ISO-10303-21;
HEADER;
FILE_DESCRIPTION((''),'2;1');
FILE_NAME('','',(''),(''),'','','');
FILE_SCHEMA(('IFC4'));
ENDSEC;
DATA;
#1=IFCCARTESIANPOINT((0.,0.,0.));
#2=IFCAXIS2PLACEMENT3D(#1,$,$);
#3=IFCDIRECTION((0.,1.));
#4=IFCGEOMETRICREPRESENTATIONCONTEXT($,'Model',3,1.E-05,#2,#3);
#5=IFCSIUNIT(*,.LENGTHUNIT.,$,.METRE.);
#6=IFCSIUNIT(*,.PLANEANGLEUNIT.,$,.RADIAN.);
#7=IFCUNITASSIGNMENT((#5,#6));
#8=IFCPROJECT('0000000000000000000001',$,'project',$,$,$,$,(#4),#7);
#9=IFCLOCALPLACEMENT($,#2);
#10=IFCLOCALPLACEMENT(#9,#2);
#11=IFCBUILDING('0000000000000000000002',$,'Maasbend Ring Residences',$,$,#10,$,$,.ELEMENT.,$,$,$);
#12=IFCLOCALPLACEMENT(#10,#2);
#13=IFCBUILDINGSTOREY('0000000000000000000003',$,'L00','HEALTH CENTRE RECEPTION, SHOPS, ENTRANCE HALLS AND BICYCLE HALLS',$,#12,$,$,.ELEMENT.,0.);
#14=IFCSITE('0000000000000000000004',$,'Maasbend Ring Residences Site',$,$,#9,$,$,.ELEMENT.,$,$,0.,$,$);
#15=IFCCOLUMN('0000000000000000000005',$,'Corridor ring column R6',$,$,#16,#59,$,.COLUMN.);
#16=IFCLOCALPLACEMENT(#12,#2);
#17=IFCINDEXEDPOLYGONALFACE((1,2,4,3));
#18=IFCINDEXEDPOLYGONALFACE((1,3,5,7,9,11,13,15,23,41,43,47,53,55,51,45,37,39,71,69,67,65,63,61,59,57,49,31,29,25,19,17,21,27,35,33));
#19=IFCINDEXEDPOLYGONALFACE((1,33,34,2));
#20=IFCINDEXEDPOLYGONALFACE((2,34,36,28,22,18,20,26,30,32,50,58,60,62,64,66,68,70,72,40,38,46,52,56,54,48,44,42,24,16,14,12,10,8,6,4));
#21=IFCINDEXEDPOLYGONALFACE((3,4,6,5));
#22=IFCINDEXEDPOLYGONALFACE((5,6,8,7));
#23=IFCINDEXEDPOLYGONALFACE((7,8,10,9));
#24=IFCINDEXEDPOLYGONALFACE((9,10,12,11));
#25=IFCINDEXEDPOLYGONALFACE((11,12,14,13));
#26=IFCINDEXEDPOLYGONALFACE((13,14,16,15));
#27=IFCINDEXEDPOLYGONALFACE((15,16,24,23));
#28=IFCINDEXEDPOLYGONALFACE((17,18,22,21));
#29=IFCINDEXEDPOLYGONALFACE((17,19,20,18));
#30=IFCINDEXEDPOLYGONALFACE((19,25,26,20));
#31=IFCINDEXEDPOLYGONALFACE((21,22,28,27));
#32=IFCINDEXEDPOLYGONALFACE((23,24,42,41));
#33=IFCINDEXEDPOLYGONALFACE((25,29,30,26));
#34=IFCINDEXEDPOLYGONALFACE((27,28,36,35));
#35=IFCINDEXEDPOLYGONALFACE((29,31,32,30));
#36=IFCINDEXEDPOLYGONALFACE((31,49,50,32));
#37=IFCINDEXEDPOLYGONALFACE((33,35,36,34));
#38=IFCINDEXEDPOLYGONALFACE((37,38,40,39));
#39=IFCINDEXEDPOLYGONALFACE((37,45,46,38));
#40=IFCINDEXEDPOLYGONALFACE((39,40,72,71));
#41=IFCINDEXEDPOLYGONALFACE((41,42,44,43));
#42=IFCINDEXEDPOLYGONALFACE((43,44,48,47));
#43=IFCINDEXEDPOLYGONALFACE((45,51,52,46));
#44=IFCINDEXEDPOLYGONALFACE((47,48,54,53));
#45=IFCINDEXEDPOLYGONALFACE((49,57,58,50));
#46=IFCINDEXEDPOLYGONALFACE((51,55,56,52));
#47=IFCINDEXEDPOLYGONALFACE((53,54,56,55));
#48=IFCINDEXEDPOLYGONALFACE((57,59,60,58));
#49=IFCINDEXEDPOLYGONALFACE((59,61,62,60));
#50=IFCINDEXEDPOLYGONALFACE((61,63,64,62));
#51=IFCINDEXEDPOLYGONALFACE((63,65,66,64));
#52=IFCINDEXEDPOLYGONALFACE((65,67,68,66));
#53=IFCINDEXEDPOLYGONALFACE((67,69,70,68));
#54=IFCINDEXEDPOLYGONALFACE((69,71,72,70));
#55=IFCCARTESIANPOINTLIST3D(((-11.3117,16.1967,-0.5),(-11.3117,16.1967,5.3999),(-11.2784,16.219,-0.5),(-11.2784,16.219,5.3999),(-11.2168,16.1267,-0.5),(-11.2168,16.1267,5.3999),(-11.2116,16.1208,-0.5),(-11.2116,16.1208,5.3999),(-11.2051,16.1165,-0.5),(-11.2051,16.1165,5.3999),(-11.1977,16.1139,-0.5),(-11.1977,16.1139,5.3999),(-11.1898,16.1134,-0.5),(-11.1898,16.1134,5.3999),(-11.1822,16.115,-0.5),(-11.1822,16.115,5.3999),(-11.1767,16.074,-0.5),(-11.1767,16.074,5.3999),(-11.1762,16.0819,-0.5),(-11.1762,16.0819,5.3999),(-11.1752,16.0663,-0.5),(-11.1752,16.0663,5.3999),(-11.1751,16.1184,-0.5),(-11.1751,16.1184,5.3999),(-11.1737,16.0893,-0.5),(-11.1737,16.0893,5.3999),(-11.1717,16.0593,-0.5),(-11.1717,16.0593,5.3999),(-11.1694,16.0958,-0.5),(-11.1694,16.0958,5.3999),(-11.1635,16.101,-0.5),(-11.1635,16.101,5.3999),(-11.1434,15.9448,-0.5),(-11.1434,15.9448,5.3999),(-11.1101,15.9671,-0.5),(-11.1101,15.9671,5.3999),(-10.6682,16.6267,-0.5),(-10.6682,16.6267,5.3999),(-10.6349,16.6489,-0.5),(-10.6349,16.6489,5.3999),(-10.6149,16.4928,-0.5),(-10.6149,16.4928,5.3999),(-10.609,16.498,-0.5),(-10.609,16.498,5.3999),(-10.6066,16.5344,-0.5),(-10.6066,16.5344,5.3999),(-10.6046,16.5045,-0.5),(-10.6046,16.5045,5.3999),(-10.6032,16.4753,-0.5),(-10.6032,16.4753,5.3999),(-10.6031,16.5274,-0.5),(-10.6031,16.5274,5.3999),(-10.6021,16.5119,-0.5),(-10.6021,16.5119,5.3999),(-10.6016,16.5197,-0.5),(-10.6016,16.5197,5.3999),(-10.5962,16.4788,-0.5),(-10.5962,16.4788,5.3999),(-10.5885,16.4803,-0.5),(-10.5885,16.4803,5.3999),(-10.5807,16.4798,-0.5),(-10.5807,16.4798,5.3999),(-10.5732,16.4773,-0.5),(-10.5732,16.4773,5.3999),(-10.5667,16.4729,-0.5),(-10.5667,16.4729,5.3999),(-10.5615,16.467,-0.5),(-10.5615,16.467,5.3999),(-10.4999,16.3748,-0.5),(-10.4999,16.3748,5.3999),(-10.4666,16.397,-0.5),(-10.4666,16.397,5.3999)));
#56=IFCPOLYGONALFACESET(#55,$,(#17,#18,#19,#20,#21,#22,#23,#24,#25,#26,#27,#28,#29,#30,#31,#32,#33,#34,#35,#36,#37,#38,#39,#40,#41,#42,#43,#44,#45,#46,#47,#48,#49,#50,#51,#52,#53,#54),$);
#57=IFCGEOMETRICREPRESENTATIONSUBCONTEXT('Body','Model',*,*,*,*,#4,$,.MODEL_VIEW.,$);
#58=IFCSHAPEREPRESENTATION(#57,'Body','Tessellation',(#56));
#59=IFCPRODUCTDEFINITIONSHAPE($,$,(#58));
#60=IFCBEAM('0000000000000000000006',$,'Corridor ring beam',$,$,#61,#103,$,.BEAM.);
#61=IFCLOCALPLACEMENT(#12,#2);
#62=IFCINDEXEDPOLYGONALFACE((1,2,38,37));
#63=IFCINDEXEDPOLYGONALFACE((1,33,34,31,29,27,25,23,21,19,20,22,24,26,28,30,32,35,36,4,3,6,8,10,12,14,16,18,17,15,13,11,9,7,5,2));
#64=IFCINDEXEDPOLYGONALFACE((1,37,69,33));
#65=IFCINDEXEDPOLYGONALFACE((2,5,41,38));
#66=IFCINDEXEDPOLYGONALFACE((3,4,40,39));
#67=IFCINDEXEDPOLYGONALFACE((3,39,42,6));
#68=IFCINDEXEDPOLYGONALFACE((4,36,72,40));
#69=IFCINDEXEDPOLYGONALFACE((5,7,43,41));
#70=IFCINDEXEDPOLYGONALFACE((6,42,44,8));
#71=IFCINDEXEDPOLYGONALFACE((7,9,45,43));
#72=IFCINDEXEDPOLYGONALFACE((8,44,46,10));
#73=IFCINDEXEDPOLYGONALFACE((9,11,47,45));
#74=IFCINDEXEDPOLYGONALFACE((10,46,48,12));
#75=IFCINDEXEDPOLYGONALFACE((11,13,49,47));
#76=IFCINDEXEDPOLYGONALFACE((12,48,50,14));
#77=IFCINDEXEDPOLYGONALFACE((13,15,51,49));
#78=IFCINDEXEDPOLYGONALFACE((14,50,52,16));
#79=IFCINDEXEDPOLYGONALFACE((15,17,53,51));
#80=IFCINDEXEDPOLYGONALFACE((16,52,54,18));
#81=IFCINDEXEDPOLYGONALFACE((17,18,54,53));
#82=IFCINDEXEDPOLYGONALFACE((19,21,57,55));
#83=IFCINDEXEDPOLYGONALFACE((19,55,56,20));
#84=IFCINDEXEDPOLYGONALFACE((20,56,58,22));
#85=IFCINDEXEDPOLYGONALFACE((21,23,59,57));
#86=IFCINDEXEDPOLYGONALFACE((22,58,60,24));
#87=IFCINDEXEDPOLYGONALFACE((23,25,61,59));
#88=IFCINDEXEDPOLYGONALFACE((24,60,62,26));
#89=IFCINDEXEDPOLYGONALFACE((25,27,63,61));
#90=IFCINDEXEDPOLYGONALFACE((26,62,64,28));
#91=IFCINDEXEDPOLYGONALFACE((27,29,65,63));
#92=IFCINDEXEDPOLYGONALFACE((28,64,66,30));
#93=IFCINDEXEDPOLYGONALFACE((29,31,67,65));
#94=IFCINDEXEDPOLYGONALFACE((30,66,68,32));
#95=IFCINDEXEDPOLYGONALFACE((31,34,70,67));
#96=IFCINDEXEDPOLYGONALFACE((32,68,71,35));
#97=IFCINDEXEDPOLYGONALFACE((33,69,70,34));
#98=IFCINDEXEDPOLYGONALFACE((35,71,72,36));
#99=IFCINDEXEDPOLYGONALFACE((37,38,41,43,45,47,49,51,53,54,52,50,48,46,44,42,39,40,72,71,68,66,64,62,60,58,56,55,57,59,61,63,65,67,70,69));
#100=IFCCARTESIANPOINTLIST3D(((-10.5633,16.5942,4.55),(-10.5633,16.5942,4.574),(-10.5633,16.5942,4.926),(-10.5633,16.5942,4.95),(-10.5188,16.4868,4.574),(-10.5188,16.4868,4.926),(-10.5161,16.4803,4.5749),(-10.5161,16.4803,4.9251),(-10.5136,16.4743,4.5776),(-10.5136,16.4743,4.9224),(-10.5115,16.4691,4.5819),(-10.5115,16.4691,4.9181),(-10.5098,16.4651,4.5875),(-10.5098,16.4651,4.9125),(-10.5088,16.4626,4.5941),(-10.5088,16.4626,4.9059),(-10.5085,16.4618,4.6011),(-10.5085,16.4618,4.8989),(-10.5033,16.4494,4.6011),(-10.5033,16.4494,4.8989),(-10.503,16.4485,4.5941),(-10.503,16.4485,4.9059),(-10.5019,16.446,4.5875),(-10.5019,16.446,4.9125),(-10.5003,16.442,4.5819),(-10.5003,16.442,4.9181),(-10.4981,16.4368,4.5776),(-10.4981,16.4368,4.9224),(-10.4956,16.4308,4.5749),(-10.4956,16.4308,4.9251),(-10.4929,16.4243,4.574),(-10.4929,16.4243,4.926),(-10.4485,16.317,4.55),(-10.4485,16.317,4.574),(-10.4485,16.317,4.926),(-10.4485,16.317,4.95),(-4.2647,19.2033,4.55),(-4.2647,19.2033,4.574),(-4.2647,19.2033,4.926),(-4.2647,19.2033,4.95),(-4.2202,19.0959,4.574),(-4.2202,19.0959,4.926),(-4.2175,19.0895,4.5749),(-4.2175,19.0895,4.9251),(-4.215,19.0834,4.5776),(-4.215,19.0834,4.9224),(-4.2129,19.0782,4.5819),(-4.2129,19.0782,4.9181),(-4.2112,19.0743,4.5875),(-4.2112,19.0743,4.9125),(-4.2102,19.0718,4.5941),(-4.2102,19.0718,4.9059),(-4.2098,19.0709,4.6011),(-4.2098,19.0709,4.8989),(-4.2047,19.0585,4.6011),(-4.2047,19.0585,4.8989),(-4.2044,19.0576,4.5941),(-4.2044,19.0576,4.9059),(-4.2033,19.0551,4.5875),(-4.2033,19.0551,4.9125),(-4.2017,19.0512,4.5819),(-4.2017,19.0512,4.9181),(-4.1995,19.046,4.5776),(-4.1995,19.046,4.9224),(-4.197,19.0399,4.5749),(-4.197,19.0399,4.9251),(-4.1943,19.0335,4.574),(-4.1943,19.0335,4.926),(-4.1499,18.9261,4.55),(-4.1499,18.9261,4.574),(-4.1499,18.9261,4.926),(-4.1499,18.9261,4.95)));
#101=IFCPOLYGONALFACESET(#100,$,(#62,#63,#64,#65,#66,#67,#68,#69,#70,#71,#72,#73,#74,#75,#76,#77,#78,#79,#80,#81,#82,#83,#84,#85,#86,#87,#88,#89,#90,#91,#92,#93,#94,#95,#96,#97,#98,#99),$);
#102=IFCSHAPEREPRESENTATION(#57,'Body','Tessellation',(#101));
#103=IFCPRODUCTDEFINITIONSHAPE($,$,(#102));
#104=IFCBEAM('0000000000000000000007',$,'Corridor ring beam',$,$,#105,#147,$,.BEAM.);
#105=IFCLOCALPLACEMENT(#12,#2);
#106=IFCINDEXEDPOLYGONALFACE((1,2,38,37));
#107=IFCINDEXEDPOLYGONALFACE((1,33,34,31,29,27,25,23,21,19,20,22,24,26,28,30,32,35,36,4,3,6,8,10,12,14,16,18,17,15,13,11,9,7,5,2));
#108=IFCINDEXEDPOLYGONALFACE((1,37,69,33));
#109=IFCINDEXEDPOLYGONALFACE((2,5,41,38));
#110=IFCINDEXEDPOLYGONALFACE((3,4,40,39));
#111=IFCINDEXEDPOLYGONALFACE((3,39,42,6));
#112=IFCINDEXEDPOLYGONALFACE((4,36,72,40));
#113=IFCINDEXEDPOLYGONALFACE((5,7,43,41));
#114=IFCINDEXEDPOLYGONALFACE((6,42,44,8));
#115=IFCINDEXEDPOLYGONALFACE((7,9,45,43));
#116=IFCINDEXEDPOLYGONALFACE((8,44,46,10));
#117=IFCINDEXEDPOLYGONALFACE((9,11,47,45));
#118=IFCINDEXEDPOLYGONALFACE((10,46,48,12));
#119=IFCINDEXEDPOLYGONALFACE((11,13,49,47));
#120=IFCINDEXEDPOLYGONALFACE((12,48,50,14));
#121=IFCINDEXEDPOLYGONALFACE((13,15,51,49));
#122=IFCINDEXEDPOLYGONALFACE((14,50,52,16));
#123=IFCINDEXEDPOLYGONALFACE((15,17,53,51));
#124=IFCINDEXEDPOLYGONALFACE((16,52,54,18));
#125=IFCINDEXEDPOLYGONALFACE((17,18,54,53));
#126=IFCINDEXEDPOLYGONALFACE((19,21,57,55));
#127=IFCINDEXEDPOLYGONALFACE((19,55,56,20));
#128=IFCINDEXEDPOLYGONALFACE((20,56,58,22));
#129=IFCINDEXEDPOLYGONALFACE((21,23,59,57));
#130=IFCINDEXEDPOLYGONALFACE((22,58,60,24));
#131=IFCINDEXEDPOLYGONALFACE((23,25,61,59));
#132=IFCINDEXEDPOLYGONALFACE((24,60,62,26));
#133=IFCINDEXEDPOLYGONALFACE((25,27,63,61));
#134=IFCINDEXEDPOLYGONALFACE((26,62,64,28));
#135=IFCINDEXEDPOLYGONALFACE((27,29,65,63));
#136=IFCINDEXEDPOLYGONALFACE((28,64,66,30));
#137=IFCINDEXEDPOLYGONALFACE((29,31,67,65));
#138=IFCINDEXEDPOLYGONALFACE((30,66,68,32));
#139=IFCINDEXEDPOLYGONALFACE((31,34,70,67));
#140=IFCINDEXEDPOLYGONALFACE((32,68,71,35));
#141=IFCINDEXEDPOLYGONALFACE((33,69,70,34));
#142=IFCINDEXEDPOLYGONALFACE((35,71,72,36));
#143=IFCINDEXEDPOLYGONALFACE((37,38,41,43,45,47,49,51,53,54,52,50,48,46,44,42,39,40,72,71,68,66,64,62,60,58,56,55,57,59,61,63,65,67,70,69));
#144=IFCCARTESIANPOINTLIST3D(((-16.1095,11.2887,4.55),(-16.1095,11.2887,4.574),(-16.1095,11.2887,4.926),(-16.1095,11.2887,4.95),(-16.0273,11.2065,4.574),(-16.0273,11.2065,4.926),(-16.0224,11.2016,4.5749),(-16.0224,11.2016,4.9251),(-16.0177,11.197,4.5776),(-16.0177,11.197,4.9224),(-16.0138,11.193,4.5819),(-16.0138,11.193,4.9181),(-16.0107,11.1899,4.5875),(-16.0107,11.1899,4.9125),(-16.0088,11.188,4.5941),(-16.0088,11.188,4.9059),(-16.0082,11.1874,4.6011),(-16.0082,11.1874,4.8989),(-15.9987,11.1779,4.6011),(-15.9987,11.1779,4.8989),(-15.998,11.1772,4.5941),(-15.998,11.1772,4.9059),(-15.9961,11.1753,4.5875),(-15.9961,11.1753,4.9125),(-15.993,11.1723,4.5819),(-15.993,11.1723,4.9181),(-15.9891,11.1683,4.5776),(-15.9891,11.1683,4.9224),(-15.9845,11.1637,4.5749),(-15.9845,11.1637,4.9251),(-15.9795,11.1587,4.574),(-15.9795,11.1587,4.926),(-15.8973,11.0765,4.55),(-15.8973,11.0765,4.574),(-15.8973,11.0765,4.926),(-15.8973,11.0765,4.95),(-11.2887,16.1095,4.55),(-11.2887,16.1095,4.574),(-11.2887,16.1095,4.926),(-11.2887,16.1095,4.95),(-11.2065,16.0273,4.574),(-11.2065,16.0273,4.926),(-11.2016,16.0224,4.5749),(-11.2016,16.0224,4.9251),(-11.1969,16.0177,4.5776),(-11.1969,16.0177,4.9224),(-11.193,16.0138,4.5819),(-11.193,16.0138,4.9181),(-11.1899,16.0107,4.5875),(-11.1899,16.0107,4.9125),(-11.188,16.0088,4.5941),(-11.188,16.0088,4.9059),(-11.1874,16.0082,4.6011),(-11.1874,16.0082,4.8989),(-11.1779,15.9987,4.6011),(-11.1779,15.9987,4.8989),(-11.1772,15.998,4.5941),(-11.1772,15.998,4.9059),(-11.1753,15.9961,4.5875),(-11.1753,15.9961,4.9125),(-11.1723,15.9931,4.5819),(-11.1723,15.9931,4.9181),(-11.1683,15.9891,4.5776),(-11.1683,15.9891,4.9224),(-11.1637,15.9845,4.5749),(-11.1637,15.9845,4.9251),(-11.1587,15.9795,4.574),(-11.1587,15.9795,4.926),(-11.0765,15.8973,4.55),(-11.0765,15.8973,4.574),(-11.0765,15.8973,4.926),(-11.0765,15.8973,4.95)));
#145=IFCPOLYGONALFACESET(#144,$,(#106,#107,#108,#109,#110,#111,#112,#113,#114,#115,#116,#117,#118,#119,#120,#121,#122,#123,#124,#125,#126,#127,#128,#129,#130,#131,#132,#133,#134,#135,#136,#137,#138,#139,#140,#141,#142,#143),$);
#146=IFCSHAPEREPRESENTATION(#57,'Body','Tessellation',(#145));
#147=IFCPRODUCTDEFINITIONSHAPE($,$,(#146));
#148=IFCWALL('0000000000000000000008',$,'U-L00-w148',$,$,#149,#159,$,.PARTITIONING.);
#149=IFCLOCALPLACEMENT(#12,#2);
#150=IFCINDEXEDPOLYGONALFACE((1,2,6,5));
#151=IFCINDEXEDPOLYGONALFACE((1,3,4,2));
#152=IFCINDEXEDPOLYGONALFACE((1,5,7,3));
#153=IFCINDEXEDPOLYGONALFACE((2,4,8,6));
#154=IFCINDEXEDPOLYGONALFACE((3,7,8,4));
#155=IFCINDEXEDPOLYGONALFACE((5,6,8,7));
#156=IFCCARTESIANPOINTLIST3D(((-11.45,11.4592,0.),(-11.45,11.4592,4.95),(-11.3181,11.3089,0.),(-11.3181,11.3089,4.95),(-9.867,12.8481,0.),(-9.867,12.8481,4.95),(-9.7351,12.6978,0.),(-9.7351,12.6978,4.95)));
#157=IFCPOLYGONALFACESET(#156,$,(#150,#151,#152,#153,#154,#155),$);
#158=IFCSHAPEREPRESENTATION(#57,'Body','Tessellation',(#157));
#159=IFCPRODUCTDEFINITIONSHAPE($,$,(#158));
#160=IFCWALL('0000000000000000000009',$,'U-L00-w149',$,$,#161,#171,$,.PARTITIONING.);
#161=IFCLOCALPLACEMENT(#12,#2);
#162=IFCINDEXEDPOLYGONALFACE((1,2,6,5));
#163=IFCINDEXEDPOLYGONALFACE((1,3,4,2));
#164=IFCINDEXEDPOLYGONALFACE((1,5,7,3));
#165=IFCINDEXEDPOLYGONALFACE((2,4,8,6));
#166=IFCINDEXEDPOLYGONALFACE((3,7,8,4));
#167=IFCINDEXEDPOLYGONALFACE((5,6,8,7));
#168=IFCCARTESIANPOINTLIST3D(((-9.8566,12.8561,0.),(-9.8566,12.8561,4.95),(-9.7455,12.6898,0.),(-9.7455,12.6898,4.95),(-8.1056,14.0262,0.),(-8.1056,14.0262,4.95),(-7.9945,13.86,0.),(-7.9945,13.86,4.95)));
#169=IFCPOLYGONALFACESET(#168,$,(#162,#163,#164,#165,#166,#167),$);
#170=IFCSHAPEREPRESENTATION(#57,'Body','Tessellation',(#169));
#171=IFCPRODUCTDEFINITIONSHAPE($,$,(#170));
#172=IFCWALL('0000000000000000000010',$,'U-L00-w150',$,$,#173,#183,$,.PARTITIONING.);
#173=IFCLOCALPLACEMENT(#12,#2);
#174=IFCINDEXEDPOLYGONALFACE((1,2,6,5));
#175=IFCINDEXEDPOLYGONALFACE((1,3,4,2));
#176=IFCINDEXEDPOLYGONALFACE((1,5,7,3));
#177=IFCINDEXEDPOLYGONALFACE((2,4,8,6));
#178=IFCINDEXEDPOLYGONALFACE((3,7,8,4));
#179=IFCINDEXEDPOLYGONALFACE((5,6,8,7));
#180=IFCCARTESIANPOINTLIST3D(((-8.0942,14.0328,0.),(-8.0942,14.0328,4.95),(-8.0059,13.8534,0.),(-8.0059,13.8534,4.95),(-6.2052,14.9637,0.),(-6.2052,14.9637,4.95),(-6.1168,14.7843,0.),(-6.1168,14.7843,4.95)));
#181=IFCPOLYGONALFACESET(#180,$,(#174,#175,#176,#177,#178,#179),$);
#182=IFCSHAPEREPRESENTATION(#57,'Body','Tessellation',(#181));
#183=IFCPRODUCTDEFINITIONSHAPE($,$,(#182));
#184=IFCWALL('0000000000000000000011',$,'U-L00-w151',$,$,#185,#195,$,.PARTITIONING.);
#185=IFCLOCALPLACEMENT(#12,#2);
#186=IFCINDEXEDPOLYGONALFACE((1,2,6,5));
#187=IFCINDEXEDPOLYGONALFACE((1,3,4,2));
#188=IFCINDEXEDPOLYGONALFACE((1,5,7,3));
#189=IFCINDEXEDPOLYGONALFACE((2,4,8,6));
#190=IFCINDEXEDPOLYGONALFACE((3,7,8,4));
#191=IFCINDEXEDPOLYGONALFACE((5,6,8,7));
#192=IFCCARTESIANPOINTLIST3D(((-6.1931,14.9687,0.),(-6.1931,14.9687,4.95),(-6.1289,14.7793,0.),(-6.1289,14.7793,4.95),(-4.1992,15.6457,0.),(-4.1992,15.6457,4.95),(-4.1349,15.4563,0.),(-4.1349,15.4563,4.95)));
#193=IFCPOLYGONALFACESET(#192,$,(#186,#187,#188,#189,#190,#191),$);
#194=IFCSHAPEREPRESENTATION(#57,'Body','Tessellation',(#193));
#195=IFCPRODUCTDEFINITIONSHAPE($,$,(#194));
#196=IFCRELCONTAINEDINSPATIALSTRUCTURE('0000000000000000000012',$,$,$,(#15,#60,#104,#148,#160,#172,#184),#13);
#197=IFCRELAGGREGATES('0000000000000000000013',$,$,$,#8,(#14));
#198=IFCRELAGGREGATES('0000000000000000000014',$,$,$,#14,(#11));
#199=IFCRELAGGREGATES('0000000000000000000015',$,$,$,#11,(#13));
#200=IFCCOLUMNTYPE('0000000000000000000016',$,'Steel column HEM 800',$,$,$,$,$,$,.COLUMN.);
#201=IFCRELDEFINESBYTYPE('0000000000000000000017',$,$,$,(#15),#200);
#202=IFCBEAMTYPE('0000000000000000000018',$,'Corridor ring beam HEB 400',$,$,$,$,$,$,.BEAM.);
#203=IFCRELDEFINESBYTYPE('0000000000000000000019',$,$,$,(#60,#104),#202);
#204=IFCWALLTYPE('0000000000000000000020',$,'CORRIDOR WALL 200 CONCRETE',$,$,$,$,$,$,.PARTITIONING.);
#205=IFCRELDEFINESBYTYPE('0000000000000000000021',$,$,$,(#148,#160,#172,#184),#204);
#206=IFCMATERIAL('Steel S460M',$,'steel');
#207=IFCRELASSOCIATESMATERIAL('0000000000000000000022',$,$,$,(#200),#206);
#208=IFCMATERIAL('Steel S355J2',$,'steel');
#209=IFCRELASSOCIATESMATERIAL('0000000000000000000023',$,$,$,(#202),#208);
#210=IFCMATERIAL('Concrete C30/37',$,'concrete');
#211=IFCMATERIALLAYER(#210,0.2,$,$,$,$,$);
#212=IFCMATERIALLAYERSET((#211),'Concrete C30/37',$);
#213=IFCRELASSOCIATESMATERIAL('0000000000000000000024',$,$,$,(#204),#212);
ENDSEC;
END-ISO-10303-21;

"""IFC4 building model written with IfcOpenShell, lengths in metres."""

from ifc_helpers import new_model, si_unit, direction, frame, frame_2d, origin, origin_2d, place, context, subcontext, project, spatial, rectangle, i_section, extrude, material, layer, layer_set, material_profile, profile_set, type_object, element, save


model = new_model("IFC4")

# Units and contexts
model_context = context("Model", 3, precision=1e-05, world=origin(), true_north=direction((0.0, 1.0)))
body_context = subcontext(model_context, "Body", "Model", "MODEL_VIEW")
ifc_project = project(units=[si_unit("LENGTHUNIT", "METRE"), si_unit("PLANEANGLEUNIT", "RADIAN")], contexts=[model_context])

# Site, building, storey
site_placement = place(None, origin())
site = spatial("IfcSite", under=ifc_project, at=site_placement, Name="Maasbend Ring Residences Site", CompositionType="ELEMENT", RefElevation=0.0)
building_placement = place(site_placement, origin())
building = spatial("IfcBuilding", under=site, at=building_placement, Name="Maasbend Ring Residences", CompositionType="ELEMENT")
storey_placement = place(building_placement, origin())
storey = spatial("IfcBuildingStorey", under=building, at=storey_placement, Name="L00", Description="HEALTH CENTRE RECEPTION, SHOPS, ENTRANCE HALLS AND BICYCLE HALLS", CompositionType="ELEMENT", Elevation=0.0)

# Column
ifc_material_1 = material(Name="Steel S460M", Category="steel")
ifc_material_profile_1 = material_profile(ifc_material_1, i_section(OverallWidth=0.303, OverallDepth=0.814, WebThickness=0.021, FlangeThickness=0.04, FilletRadius=0.03, at=origin_2d()), Name="HEM 800")
ifc_profile_set_1 = profile_set([ifc_material_profile_1], Name="Steel S460M")
column_type = type_object("IfcColumnType", Name="Steel column HEM 800", PredefinedType="COLUMN", material=ifc_profile_set_1)
for number, where, z_axis, x_axis, name in (
    (1, (-10.8892, 16.2969, -0.5), (0.0, 0.0, 1.0), (-0.55557, 0.83147, 0.0), "Corridor ring column R6"),
):
    element("IfcColumn", number, at=place(storey_placement, frame(where, z_axis=z_axis, x_axis=x_axis)), inside=storey, type_object=column_type, Name=name, PredefinedType="COLUMN", context=body_context, shape_type="SweptSolid", body=[
        extrude(i_section(OverallWidth=0.303, OverallDepth=0.814, WebThickness=0.021, FlangeThickness=0.04, FilletRadius=0.03, at=origin_2d()), origin(), (0.0, 0.0, 1.0), 5.8999),
    ])

# Beams
ifc_material_2 = material(Name="Steel S355J2", Category="steel")
ifc_material_profile_2 = material_profile(ifc_material_2, i_section(OverallWidth=0.3, OverallDepth=0.3999, WebThickness=0.0134, FlangeThickness=0.0239, FilletRadius=0.0271, at=origin_2d()), Name="HEB 400")
ifc_profile_set_2 = profile_set([ifc_material_profile_2], Name="Steel S355J2")
beam_type = type_object("IfcBeamType", Name="Corridor ring beam HEB 400", PredefinedType="BEAM", material=ifc_profile_set_2)
for number, where, z_axis, x_axis, name in (
    (2, (-4.2073, 19.0647, 4.75), (-0.923871, -0.382705, 0.0), (0.382705, -0.923871, 0.0), "Corridor ring beam"),
    (3, (-11.1826, 16.0034, 4.75), (-0.707107, -0.707107, 0.0), (0.707107, -0.707107, 0.0), "Corridor ring beam"),
):
    element("IfcBeam", number, at=place(storey_placement, frame(where, z_axis=z_axis, x_axis=x_axis)), inside=storey, type_object=beam_type, Name=name, PredefinedType="BEAM", context=body_context, shape_type="SweptSolid", body=[
        extrude(i_section(OverallWidth=0.3, OverallDepth=0.3999, WebThickness=0.0134, FlangeThickness=0.0239, FilletRadius=0.0271, at=origin_2d()), origin(), (0.0, 0.0, 1.0), 6.8176),
    ])

# Walls
ifc_material_3 = material(Name="Concrete C30/37", Category="concrete")
ifc_layer_1 = layer(ifc_material_3, 0.2)
ifc_layer_set_1 = layer_set([ifc_layer_1], Name="Concrete C30/37")
wall_type_1 = type_object("IfcWallType", Name="CORRIDOR WALL 200 CONCRETE", PredefinedType="PARTITIONING", material=ifc_layer_set_1)
for number, where, z_axis, x_axis, name in (
    (4, (-11.384, 11.384, 0.0), (0.0, 0.0, 1.0), (0.751686, 0.659522, 0.0), "U-L00-w148"),
    (5, (-9.801, 12.7729, 0.0), (0.0, 0.0, 1.0), (0.831426, 0.555636, 0.0), "U-L00-w149"),
    (6, (-8.05, 13.9431, 0.0), (0.0, 0.0, 1.0), (0.897009, 0.442013, 0.0), "U-L00-w150"),
):
    element("IfcWall", number, at=place(storey_placement, frame(where, z_axis=z_axis, x_axis=x_axis)), inside=storey, type_object=wall_type_1, Name=name, PredefinedType="PARTITIONING", context=body_context, shape_type="SweptSolid", body=[
        extrude(rectangle(XDim=2.106, YDim=0.2, at=frame_2d((1.053, 0.0))), origin(), (0.0, 0.0, 1.0), 4.95),
    ])
wall_1_placement = place(storey_placement, frame((-6.1609, 14.874, 0.0), z_axis=(0.0, 0.0, 1.0), x_axis=(0.946906, 0.32151, 0.0)))
element("IfcWall", 7, at=wall_1_placement, inside=storey, type_object=wall_type_1, Name="U-L00-w151", PredefinedType="PARTITIONING", context=body_context, shape_type="SweptSolid", body=[
    extrude(rectangle(XDim=2.1057, YDim=0.2, at=frame_2d((1.0527, 0.0))), origin(), (0.0, 0.0, 1.0), 4.95),
])

save(model, "model.ifc")
